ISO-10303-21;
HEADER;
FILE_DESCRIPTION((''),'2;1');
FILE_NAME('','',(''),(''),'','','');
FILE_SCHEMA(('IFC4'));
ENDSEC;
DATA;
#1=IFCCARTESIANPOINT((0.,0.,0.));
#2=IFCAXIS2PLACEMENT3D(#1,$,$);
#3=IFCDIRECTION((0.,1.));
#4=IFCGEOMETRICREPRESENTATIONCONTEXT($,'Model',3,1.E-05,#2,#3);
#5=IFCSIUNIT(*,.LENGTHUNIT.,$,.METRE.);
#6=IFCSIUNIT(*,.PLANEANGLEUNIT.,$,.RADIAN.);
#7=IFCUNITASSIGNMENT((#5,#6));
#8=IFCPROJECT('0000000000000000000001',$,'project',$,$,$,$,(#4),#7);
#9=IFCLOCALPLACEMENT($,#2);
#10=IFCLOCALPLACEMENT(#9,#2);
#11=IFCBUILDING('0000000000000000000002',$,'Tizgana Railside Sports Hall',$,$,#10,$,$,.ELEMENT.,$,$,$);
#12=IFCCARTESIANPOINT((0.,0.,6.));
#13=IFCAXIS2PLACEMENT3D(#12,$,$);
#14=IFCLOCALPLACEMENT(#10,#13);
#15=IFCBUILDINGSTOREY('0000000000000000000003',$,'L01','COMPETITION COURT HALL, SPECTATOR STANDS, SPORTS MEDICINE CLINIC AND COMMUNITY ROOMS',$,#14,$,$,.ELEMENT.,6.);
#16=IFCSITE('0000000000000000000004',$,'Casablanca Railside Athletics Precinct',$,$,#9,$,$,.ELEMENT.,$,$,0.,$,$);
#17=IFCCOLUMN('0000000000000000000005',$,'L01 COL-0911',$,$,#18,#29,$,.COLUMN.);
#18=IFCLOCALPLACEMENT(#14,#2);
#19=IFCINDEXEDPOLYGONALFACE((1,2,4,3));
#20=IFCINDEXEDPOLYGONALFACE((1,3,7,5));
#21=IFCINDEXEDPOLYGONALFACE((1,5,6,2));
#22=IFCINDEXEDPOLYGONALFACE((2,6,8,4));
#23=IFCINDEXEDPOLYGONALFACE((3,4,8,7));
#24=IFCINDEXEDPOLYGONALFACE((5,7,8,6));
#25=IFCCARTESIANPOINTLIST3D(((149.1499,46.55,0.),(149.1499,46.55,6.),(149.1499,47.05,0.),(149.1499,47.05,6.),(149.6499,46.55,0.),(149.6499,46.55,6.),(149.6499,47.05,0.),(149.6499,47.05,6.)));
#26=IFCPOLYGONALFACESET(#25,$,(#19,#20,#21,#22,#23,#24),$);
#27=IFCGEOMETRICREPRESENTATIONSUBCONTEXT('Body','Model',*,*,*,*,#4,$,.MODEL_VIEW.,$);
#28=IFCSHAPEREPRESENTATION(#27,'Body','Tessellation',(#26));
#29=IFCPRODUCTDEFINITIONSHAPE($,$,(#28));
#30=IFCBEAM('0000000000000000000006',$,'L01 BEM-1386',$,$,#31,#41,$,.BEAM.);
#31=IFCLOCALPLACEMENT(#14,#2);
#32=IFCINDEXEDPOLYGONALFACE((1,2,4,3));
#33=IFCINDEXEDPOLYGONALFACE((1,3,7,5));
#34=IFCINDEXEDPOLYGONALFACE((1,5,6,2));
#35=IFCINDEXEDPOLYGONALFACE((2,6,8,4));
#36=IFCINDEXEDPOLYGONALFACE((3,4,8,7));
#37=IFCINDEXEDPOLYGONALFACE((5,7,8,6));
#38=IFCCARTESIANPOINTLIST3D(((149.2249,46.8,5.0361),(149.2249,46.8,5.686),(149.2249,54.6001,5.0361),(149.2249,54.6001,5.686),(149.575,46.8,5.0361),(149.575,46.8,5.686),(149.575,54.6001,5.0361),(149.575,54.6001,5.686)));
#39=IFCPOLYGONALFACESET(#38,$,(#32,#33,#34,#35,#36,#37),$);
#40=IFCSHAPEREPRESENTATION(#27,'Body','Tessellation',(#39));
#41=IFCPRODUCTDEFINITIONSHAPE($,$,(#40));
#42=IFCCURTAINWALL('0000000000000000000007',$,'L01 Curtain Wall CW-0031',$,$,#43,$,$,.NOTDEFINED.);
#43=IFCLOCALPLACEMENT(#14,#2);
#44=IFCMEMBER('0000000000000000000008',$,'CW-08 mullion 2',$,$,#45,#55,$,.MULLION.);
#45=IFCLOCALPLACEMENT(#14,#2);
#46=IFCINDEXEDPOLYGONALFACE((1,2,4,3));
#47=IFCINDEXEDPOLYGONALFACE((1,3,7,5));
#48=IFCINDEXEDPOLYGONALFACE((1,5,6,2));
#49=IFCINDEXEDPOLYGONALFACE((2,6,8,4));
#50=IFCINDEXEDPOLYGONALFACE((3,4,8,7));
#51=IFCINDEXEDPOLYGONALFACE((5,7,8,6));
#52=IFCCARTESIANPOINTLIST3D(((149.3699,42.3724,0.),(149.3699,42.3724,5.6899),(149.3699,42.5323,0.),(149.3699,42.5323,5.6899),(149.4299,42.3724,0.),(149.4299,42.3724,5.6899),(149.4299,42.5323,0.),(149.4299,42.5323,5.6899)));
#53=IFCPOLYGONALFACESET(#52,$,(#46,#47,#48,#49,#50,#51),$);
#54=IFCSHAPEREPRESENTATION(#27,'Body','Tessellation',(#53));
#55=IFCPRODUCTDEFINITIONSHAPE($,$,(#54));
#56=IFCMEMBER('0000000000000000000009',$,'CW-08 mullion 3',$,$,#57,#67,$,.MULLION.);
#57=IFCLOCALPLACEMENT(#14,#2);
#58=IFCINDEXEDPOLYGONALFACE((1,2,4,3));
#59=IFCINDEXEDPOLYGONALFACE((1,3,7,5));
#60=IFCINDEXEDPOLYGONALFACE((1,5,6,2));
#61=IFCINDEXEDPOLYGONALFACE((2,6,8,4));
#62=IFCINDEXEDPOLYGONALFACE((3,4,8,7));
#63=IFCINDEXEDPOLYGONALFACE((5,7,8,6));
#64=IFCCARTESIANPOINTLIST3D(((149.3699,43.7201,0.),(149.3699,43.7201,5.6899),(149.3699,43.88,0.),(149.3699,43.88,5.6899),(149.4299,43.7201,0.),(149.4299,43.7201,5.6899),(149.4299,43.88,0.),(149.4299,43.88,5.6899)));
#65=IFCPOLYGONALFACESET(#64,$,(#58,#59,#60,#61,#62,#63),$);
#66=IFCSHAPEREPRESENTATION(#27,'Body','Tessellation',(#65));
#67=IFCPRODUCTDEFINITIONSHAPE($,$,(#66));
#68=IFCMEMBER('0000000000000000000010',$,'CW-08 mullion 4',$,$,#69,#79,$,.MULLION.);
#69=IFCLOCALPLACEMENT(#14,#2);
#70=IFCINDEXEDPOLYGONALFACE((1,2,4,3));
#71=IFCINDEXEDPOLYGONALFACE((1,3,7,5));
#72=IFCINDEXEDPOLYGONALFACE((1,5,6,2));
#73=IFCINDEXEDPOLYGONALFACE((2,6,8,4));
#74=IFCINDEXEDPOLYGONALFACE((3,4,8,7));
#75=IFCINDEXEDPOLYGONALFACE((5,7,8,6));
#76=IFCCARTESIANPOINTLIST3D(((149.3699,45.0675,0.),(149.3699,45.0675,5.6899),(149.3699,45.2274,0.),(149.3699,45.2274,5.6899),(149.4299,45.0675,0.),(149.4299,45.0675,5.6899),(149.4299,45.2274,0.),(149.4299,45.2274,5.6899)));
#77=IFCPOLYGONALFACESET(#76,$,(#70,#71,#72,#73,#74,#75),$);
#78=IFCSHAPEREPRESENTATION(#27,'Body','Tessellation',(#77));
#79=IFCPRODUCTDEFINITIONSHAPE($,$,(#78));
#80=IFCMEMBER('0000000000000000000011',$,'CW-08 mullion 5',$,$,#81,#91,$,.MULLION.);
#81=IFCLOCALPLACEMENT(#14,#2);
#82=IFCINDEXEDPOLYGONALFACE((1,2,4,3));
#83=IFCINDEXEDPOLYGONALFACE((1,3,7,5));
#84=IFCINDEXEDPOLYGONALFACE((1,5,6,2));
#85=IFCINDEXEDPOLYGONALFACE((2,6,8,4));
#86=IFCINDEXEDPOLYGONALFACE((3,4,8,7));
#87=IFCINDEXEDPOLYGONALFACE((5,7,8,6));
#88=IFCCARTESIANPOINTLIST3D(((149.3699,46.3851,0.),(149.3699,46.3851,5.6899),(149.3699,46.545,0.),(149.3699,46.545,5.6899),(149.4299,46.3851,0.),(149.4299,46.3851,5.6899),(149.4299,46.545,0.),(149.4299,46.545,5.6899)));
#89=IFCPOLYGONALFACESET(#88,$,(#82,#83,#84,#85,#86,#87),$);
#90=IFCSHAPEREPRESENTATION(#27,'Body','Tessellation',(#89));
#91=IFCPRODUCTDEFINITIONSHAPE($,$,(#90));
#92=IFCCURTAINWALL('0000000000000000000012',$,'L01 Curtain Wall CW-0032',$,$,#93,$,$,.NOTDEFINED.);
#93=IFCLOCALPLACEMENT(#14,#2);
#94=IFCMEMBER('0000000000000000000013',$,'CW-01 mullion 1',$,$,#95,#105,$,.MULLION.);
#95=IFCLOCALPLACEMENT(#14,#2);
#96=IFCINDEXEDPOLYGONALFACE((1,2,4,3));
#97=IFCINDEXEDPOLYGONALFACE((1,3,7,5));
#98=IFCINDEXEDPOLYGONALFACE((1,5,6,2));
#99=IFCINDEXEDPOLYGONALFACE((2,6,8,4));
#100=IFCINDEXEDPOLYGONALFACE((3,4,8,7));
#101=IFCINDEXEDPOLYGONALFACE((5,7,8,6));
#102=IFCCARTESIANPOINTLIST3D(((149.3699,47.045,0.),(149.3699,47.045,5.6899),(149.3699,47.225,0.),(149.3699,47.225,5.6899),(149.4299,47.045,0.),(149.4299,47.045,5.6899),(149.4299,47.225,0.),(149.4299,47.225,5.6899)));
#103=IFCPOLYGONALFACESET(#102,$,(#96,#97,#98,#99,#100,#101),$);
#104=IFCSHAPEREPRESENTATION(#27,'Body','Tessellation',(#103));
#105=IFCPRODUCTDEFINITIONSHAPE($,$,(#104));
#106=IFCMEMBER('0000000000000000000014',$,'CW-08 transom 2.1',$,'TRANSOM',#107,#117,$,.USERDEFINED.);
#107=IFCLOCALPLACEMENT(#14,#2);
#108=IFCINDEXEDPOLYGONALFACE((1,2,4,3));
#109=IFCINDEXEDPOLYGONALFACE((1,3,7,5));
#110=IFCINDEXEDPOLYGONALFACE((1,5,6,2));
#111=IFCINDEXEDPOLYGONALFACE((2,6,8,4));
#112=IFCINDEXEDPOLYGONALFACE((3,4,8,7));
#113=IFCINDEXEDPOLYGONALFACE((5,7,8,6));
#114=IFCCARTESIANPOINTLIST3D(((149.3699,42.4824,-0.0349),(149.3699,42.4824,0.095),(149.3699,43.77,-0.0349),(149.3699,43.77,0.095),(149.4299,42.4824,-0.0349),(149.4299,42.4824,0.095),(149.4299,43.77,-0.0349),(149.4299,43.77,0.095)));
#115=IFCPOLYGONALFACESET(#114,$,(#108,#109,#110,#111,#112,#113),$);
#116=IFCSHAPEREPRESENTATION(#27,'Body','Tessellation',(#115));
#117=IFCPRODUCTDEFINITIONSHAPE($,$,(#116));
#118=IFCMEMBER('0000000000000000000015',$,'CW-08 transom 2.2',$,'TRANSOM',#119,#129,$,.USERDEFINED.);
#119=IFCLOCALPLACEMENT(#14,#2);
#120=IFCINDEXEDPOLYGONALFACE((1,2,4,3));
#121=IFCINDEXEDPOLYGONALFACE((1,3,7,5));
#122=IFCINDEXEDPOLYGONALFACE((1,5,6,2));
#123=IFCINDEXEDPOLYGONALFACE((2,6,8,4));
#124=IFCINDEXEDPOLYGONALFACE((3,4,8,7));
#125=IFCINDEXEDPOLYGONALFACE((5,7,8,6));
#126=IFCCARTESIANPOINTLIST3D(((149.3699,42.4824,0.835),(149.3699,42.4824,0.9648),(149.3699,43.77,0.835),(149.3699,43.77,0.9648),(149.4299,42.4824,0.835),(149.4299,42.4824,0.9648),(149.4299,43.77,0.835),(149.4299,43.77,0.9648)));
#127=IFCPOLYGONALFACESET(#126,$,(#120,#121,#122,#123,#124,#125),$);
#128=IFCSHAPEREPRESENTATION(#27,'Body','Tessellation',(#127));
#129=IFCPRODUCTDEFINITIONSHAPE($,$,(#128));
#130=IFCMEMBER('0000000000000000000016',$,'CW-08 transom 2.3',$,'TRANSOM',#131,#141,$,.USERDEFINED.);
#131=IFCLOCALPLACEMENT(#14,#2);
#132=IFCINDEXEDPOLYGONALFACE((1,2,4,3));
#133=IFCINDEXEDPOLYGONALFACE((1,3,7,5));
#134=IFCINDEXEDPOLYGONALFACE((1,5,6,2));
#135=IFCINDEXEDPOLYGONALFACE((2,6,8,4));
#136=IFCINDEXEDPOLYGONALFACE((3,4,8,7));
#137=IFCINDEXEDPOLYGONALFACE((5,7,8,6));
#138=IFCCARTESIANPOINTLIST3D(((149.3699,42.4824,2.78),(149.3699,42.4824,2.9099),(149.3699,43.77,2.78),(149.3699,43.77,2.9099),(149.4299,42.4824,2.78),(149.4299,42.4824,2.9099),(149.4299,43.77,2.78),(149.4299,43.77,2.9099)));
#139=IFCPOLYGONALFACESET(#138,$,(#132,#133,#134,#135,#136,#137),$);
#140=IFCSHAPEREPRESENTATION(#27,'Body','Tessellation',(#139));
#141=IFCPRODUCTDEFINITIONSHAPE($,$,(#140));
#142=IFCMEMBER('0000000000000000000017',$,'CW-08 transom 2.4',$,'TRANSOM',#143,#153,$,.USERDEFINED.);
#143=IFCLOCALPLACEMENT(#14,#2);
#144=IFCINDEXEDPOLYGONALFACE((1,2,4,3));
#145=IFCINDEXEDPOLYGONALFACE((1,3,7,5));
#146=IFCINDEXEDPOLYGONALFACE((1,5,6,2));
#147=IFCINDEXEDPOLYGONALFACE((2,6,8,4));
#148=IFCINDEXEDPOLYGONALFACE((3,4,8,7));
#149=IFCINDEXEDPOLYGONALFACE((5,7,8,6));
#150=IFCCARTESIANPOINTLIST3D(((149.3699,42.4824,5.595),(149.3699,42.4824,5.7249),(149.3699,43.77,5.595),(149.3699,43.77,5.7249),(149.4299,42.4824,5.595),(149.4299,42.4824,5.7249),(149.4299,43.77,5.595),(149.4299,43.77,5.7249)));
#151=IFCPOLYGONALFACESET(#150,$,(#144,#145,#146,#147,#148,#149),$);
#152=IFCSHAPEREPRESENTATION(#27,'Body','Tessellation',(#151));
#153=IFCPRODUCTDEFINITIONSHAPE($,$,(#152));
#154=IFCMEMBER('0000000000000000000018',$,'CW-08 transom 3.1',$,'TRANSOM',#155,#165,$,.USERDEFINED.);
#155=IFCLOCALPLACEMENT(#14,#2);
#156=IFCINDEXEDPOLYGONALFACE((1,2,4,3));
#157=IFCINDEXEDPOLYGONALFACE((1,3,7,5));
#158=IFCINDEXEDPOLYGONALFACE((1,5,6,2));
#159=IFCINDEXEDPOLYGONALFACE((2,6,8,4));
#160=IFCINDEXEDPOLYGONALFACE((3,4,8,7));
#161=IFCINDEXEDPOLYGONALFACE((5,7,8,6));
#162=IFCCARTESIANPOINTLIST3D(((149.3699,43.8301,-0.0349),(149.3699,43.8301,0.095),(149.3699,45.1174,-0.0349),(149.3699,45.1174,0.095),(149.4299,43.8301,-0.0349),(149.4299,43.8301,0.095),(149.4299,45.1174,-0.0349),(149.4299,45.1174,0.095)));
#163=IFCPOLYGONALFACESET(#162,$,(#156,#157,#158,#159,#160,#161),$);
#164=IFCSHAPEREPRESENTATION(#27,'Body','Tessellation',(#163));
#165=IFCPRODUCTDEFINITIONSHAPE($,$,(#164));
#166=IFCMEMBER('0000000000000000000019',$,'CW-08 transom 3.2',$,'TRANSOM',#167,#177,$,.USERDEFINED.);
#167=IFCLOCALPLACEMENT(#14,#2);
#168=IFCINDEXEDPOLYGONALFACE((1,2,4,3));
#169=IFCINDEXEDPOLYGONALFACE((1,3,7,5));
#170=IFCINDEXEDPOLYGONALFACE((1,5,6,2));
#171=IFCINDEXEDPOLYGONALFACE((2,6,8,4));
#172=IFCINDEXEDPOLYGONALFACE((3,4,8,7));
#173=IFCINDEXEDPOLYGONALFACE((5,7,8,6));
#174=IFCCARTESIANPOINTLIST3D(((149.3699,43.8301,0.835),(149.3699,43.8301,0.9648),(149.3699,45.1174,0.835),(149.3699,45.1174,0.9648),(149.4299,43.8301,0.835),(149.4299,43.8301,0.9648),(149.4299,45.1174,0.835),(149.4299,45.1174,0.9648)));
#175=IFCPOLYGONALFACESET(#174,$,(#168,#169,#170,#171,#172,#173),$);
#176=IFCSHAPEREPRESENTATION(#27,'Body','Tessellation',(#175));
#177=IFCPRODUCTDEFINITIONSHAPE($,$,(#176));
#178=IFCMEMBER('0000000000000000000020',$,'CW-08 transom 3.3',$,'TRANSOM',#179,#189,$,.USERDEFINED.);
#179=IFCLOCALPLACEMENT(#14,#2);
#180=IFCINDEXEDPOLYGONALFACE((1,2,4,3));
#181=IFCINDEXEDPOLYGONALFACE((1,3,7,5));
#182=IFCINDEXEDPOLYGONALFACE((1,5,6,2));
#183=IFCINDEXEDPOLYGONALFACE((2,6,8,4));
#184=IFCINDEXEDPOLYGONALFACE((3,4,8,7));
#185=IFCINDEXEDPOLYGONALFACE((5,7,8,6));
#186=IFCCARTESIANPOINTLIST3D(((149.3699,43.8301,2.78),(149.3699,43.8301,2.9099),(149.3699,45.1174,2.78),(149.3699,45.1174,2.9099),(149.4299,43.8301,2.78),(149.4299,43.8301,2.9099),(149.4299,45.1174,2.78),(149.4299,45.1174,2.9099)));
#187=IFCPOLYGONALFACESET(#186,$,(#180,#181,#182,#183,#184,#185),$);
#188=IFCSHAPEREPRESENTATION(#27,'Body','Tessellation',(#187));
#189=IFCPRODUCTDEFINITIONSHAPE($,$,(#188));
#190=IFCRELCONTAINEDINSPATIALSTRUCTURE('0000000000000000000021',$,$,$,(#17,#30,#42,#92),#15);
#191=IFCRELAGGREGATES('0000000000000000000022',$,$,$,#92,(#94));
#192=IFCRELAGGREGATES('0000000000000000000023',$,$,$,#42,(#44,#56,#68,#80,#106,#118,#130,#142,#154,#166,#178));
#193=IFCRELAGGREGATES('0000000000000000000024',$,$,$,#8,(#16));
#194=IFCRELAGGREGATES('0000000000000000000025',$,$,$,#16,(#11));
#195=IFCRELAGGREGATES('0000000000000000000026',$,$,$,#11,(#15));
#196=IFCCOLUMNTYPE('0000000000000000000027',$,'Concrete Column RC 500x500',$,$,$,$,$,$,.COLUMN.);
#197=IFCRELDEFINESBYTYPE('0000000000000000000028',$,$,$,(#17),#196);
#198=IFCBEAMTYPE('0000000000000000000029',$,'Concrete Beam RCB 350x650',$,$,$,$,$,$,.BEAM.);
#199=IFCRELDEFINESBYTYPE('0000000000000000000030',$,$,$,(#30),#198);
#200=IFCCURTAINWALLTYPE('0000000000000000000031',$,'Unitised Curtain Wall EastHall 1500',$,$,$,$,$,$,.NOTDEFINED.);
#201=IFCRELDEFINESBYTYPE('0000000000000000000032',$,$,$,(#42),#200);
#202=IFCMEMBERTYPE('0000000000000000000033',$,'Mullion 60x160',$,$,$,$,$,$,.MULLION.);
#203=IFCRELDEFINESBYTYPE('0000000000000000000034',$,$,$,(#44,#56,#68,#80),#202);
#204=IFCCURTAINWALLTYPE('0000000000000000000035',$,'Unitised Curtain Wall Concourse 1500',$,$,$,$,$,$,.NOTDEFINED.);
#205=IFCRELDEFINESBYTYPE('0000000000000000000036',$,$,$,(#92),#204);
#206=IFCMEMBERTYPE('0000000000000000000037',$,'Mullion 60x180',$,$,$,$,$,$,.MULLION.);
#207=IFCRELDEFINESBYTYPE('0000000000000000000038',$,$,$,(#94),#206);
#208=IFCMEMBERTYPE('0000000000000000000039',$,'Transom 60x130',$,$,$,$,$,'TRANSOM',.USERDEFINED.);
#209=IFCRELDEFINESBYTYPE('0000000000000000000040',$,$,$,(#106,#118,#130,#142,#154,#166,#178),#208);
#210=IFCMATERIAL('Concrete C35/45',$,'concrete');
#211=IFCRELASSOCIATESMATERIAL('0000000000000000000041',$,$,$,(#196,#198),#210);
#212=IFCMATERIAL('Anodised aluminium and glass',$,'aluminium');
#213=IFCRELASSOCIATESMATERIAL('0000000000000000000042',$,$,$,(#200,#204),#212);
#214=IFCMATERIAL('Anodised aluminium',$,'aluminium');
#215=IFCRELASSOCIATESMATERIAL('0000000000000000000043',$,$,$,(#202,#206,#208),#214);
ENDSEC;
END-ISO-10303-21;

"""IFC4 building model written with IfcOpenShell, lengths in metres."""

from ifc_helpers import new_model, si_unit, direction, frame, origin, origin_2d, place, context, subcontext, project, spatial, rectangle, extrude, material, material_profile, profile_set, type_object, element, aggregate, save


model = new_model("IFC4")

# Units and contexts
model_context = context("Model", 3, precision=1e-05, world=origin(), true_north=direction((0.0, 1.0)))
body_context = subcontext(model_context, "Body", "Model", "MODEL_VIEW")
ifc_project = project(units=[si_unit("LENGTHUNIT", "METRE"), si_unit("PLANEANGLEUNIT", "RADIAN")], contexts=[model_context])

# Site, building, storey
site_placement = place(None, origin())
site = spatial("IfcSite", under=ifc_project, at=site_placement, Name="Casablanca Railside Athletics Precinct", CompositionType="ELEMENT", RefElevation=0.0)
building_placement = place(site_placement, origin())
building = spatial("IfcBuilding", under=site, at=building_placement, Name="Tizgana Railside Sports Hall", CompositionType="ELEMENT")
storey_placement = place(building_placement, frame((0.0, 0.0, 6.0)))
storey = spatial("IfcBuildingStorey", under=building, at=storey_placement, Name="L01", Description="COMPETITION COURT HALL, SPECTATOR STANDS, SPORTS MEDICINE CLINIC AND COMMUNITY ROOMS", CompositionType="ELEMENT", Elevation=6.0)

# Column
ifc_material_1 = material(Name="Concrete C35/45", Category="concrete")
ifc_material_profile_1 = material_profile(ifc_material_1, rectangle(XDim=0.5, YDim=0.5, at=origin_2d()), Name="RC 500x500")
ifc_profile_set_1 = profile_set([ifc_material_profile_1], Name="Concrete C35/45")
column_type = type_object("IfcColumnType", Name="Concrete Column RC 500x500", PredefinedType="COLUMN", material=ifc_profile_set_1)
column_placement = place(storey_placement, frame((149.3999, 46.8, 0.0), z_axis=(0.0, 0.0, 1.0), x_axis=(1.0, 0.0, 0.0)))
element("IfcColumn", 1, at=column_placement, inside=storey, type_object=column_type, Name="L01 COL-0911", PredefinedType="COLUMN", context=body_context, shape_type="SweptSolid", body=[
    extrude(rectangle(XDim=0.5, YDim=0.5, at=origin_2d()), origin(), (0.0, 0.0, 1.0), 6.0),
])

# Beam
ifc_material_profile_2 = material_profile(ifc_material_1, rectangle(XDim=0.3501, YDim=0.6499, at=origin_2d()), Name="RCB 350x650")
ifc_profile_set_2 = profile_set([ifc_material_profile_2], Name="Concrete C35/45")
beam_type = type_object("IfcBeamType", Name="Concrete Beam RCB 350x650", PredefinedType="BEAM", material=ifc_profile_set_2)
beam_placement = place(storey_placement, frame((149.3999, 46.8, 5.3611), z_axis=(0.0, 1.0, 0.0), x_axis=(-1.0, 0.0, 0.0)))
element("IfcBeam", 2, at=beam_placement, inside=storey, type_object=beam_type, Name="L01 BEM-1386", PredefinedType="BEAM", context=body_context, shape_type="SweptSolid", body=[
    extrude(rectangle(XDim=0.3501, YDim=0.6499, at=origin_2d()), origin(), (0.0, 0.0, 1.0), 7.8),
])

# Curtain wall, members
ifc_material_2 = material(Name="Anodised aluminium and glass", Category="aluminium")
curtain_wall_type_1 = type_object("IfcCurtainWallType", Name="Unitised Curtain Wall EastHall 1500", PredefinedType="NOTDEFINED", material=ifc_material_2)
curtain_wall_1_placement = place(storey_placement, origin())
curtain_wall_1 = element("IfcCurtainWall", 3, at=curtain_wall_1_placement, inside=storey, type_object=curtain_wall_type_1, Name="L01 Curtain Wall CW-0031", PredefinedType="NOTDEFINED")
ifc_material_3 = material(Name="Anodised aluminium", Category="aluminium")
ifc_material_profile_3 = material_profile(ifc_material_3, rectangle(XDim=0.0601, YDim=0.1599, at=origin_2d()), Name="Mullion 60x160")
ifc_profile_set_3 = profile_set([ifc_material_profile_3], Name="Anodised aluminium")
member_type_1 = type_object("IfcMemberType", Name="Mullion 60x160", PredefinedType="MULLION", material=ifc_profile_set_3)
member_1_placement = place(storey_placement, frame((149.3999, 42.4524, 0.0), z_axis=(0.0, 0.0, 1.0), x_axis=(-1.0, 0.0, 0.0)))
member_1 = element("IfcMember", 4, at=member_1_placement, type_object=member_type_1, Name="CW-08 mullion 2", PredefinedType="MULLION", context=body_context, shape_type="SweptSolid", body=[
    extrude(rectangle(XDim=0.0601, YDim=0.1599, at=origin_2d()), origin(), (0.0, 0.0, 1.0), 5.6899),
])
member_2_placement = place(storey_placement, frame((149.3999, 43.8, 0.0), z_axis=(0.0, 0.0, 1.0), x_axis=(-1.0, 0.0, 0.0)))
member_2 = element("IfcMember", 5, at=member_2_placement, type_object=member_type_1, Name="CW-08 mullion 3", PredefinedType="MULLION", context=body_context, shape_type="SweptSolid", body=[
    extrude(rectangle(XDim=0.0601, YDim=0.1599, at=origin_2d()), origin(), (0.0, 0.0, 1.0), 5.6899),
])
member_3_placement = place(storey_placement, frame((149.3999, 45.1475, 0.0), z_axis=(0.0, 0.0, 1.0), x_axis=(-1.0, 0.0, 0.0)))
member_3 = element("IfcMember", 6, at=member_3_placement, type_object=member_type_1, Name="CW-08 mullion 4", PredefinedType="MULLION", context=body_context, shape_type="SweptSolid", body=[
    extrude(rectangle(XDim=0.0601, YDim=0.1599, at=origin_2d()), origin(), (0.0, 0.0, 1.0), 5.6899),
])
member_4_placement = place(storey_placement, frame((149.3999, 46.4651, 0.0), z_axis=(0.0, 0.0, 1.0), x_axis=(-1.0, 0.0, 0.0)))
member_4 = element("IfcMember", 7, at=member_4_placement, type_object=member_type_1, Name="CW-08 mullion 5", PredefinedType="MULLION", context=body_context, shape_type="SweptSolid", body=[
    extrude(rectangle(XDim=0.0601, YDim=0.1599, at=origin_2d()), origin(), (0.0, 0.0, 1.0), 5.6899),
])

# Curtain wall, member
curtain_wall_type_2 = type_object("IfcCurtainWallType", Name="Unitised Curtain Wall Concourse 1500", PredefinedType="NOTDEFINED", material=ifc_material_2)
curtain_wall_2_placement = place(storey_placement, origin())
curtain_wall_2 = element("IfcCurtainWall", 8, at=curtain_wall_2_placement, inside=storey, type_object=curtain_wall_type_2, Name="L01 Curtain Wall CW-0032", PredefinedType="NOTDEFINED")
ifc_material_profile_4 = material_profile(ifc_material_3, rectangle(XDim=0.0601, YDim=0.1799, at=origin_2d()), Name="Mullion 60x180")
ifc_profile_set_4 = profile_set([ifc_material_profile_4], Name="Anodised aluminium")
member_type_2 = type_object("IfcMemberType", Name="Mullion 60x180", PredefinedType="MULLION", material=ifc_profile_set_4)
member_5_placement = place(storey_placement, frame((149.3999, 47.135, 0.0), z_axis=(0.0, 0.0, 1.0), x_axis=(-1.0, 0.0, 0.0)))
member_5 = element("IfcMember", 9, at=member_5_placement, type_object=member_type_2, Name="CW-01 mullion 1", PredefinedType="MULLION", context=body_context, shape_type="SweptSolid", body=[
    extrude(rectangle(XDim=0.0601, YDim=0.1799, at=origin_2d()), origin(), (0.0, 0.0, 1.0), 5.6899),
])
aggregate(curtain_wall_2, [member_5])

# Members
ifc_material_profile_5 = material_profile(ifc_material_3, rectangle(XDim=0.0601, YDim=0.1299, at=origin_2d()), Name="Transom 60x130")
ifc_profile_set_5 = profile_set([ifc_material_profile_5], Name="Anodised aluminium")
member_type_3 = type_object("IfcMemberType", Name="Transom 60x130", ElementType="TRANSOM", PredefinedType="USERDEFINED", material=ifc_profile_set_5)
member_6_placement = place(storey_placement, frame((149.3999, 42.4824, 0.03), z_axis=(0.0, 1.0, 0.0), x_axis=(-1.0, 0.0, 0.0)))
member_6 = element("IfcMember", 10, at=member_6_placement, type_object=member_type_3, Name="CW-08 transom 2.1", ObjectType="TRANSOM", PredefinedType="USERDEFINED", context=body_context, shape_type="SweptSolid", body=[
    extrude(rectangle(XDim=0.0601, YDim=0.1299, at=origin_2d()), origin(), (0.0, 0.0, 1.0), 1.2876),
])
member_7_placement = place(storey_placement, frame((149.3999, 42.4824, 0.8999), z_axis=(0.0, 1.0, 0.0), x_axis=(-1.0, 0.0, 0.0)))
member_7 = element("IfcMember", 11, at=member_7_placement, type_object=member_type_3, Name="CW-08 transom 2.2", ObjectType="TRANSOM", PredefinedType="USERDEFINED", context=body_context, shape_type="SweptSolid", body=[
    extrude(rectangle(XDim=0.0601, YDim=0.1299, at=origin_2d()), origin(), (0.0, 0.0, 1.0), 1.2876),
])
member_8_placement = place(storey_placement, frame((149.3999, 42.4824, 2.845), z_axis=(0.0, 1.0, 0.0), x_axis=(-1.0, 0.0, 0.0)))
member_8 = element("IfcMember", 12, at=member_8_placement, type_object=member_type_3, Name="CW-08 transom 2.3", ObjectType="TRANSOM", PredefinedType="USERDEFINED", context=body_context, shape_type="SweptSolid", body=[
    extrude(rectangle(XDim=0.0601, YDim=0.1299, at=origin_2d()), origin(), (0.0, 0.0, 1.0), 1.2876),
])
member_9_placement = place(storey_placement, frame((149.3999, 42.4824, 5.6599), z_axis=(0.0, 1.0, 0.0), x_axis=(-1.0, 0.0, 0.0)))
member_9 = element("IfcMember", 13, at=member_9_placement, type_object=member_type_3, Name="CW-08 transom 2.4", ObjectType="TRANSOM", PredefinedType="USERDEFINED", context=body_context, shape_type="SweptSolid", body=[
    extrude(rectangle(XDim=0.0601, YDim=0.1299, at=origin_2d()), origin(), (0.0, 0.0, 1.0), 1.2876),
])
member_10_placement = place(storey_placement, frame((149.3999, 43.8301, 0.03), z_axis=(0.0, 1.0, 0.0), x_axis=(-1.0, 0.0, 0.0)))
member_10 = element("IfcMember", 14, at=member_10_placement, type_object=member_type_3, Name="CW-08 transom 3.1", ObjectType="TRANSOM", PredefinedType="USERDEFINED", context=body_context, shape_type="SweptSolid", body=[
    extrude(rectangle(XDim=0.0601, YDim=0.1299, at=origin_2d()), origin(), (0.0, 0.0, 1.0), 1.2874),
])
member_11_placement = place(storey_placement, frame((149.3999, 43.8301, 0.8999), z_axis=(0.0, 1.0, 0.0), x_axis=(-1.0, 0.0, 0.0)))
member_11 = element("IfcMember", 15, at=member_11_placement, type_object=member_type_3, Name="CW-08 transom 3.2", ObjectType="TRANSOM", PredefinedType="USERDEFINED", context=body_context, shape_type="SweptSolid", body=[
    extrude(rectangle(XDim=0.0601, YDim=0.1299, at=origin_2d()), origin(), (0.0, 0.0, 1.0), 1.2874),
])
member_12_placement = place(storey_placement, frame((149.3999, 43.8301, 2.845), z_axis=(0.0, 1.0, 0.0), x_axis=(-1.0, 0.0, 0.0)))
member_12 = element("IfcMember", 16, at=member_12_placement, type_object=member_type_3, Name="CW-08 transom 3.3", ObjectType="TRANSOM", PredefinedType="USERDEFINED", context=body_context, shape_type="SweptSolid", body=[
    extrude(rectangle(XDim=0.0601, YDim=0.1299, at=origin_2d()), origin(), (0.0, 0.0, 1.0), 1.2874),
])

aggregate(curtain_wall_1, [member_1, member_2, member_3, member_4, member_6, member_7, member_8, member_9, member_10, member_11, member_12])

save(model, "model.ifc")
